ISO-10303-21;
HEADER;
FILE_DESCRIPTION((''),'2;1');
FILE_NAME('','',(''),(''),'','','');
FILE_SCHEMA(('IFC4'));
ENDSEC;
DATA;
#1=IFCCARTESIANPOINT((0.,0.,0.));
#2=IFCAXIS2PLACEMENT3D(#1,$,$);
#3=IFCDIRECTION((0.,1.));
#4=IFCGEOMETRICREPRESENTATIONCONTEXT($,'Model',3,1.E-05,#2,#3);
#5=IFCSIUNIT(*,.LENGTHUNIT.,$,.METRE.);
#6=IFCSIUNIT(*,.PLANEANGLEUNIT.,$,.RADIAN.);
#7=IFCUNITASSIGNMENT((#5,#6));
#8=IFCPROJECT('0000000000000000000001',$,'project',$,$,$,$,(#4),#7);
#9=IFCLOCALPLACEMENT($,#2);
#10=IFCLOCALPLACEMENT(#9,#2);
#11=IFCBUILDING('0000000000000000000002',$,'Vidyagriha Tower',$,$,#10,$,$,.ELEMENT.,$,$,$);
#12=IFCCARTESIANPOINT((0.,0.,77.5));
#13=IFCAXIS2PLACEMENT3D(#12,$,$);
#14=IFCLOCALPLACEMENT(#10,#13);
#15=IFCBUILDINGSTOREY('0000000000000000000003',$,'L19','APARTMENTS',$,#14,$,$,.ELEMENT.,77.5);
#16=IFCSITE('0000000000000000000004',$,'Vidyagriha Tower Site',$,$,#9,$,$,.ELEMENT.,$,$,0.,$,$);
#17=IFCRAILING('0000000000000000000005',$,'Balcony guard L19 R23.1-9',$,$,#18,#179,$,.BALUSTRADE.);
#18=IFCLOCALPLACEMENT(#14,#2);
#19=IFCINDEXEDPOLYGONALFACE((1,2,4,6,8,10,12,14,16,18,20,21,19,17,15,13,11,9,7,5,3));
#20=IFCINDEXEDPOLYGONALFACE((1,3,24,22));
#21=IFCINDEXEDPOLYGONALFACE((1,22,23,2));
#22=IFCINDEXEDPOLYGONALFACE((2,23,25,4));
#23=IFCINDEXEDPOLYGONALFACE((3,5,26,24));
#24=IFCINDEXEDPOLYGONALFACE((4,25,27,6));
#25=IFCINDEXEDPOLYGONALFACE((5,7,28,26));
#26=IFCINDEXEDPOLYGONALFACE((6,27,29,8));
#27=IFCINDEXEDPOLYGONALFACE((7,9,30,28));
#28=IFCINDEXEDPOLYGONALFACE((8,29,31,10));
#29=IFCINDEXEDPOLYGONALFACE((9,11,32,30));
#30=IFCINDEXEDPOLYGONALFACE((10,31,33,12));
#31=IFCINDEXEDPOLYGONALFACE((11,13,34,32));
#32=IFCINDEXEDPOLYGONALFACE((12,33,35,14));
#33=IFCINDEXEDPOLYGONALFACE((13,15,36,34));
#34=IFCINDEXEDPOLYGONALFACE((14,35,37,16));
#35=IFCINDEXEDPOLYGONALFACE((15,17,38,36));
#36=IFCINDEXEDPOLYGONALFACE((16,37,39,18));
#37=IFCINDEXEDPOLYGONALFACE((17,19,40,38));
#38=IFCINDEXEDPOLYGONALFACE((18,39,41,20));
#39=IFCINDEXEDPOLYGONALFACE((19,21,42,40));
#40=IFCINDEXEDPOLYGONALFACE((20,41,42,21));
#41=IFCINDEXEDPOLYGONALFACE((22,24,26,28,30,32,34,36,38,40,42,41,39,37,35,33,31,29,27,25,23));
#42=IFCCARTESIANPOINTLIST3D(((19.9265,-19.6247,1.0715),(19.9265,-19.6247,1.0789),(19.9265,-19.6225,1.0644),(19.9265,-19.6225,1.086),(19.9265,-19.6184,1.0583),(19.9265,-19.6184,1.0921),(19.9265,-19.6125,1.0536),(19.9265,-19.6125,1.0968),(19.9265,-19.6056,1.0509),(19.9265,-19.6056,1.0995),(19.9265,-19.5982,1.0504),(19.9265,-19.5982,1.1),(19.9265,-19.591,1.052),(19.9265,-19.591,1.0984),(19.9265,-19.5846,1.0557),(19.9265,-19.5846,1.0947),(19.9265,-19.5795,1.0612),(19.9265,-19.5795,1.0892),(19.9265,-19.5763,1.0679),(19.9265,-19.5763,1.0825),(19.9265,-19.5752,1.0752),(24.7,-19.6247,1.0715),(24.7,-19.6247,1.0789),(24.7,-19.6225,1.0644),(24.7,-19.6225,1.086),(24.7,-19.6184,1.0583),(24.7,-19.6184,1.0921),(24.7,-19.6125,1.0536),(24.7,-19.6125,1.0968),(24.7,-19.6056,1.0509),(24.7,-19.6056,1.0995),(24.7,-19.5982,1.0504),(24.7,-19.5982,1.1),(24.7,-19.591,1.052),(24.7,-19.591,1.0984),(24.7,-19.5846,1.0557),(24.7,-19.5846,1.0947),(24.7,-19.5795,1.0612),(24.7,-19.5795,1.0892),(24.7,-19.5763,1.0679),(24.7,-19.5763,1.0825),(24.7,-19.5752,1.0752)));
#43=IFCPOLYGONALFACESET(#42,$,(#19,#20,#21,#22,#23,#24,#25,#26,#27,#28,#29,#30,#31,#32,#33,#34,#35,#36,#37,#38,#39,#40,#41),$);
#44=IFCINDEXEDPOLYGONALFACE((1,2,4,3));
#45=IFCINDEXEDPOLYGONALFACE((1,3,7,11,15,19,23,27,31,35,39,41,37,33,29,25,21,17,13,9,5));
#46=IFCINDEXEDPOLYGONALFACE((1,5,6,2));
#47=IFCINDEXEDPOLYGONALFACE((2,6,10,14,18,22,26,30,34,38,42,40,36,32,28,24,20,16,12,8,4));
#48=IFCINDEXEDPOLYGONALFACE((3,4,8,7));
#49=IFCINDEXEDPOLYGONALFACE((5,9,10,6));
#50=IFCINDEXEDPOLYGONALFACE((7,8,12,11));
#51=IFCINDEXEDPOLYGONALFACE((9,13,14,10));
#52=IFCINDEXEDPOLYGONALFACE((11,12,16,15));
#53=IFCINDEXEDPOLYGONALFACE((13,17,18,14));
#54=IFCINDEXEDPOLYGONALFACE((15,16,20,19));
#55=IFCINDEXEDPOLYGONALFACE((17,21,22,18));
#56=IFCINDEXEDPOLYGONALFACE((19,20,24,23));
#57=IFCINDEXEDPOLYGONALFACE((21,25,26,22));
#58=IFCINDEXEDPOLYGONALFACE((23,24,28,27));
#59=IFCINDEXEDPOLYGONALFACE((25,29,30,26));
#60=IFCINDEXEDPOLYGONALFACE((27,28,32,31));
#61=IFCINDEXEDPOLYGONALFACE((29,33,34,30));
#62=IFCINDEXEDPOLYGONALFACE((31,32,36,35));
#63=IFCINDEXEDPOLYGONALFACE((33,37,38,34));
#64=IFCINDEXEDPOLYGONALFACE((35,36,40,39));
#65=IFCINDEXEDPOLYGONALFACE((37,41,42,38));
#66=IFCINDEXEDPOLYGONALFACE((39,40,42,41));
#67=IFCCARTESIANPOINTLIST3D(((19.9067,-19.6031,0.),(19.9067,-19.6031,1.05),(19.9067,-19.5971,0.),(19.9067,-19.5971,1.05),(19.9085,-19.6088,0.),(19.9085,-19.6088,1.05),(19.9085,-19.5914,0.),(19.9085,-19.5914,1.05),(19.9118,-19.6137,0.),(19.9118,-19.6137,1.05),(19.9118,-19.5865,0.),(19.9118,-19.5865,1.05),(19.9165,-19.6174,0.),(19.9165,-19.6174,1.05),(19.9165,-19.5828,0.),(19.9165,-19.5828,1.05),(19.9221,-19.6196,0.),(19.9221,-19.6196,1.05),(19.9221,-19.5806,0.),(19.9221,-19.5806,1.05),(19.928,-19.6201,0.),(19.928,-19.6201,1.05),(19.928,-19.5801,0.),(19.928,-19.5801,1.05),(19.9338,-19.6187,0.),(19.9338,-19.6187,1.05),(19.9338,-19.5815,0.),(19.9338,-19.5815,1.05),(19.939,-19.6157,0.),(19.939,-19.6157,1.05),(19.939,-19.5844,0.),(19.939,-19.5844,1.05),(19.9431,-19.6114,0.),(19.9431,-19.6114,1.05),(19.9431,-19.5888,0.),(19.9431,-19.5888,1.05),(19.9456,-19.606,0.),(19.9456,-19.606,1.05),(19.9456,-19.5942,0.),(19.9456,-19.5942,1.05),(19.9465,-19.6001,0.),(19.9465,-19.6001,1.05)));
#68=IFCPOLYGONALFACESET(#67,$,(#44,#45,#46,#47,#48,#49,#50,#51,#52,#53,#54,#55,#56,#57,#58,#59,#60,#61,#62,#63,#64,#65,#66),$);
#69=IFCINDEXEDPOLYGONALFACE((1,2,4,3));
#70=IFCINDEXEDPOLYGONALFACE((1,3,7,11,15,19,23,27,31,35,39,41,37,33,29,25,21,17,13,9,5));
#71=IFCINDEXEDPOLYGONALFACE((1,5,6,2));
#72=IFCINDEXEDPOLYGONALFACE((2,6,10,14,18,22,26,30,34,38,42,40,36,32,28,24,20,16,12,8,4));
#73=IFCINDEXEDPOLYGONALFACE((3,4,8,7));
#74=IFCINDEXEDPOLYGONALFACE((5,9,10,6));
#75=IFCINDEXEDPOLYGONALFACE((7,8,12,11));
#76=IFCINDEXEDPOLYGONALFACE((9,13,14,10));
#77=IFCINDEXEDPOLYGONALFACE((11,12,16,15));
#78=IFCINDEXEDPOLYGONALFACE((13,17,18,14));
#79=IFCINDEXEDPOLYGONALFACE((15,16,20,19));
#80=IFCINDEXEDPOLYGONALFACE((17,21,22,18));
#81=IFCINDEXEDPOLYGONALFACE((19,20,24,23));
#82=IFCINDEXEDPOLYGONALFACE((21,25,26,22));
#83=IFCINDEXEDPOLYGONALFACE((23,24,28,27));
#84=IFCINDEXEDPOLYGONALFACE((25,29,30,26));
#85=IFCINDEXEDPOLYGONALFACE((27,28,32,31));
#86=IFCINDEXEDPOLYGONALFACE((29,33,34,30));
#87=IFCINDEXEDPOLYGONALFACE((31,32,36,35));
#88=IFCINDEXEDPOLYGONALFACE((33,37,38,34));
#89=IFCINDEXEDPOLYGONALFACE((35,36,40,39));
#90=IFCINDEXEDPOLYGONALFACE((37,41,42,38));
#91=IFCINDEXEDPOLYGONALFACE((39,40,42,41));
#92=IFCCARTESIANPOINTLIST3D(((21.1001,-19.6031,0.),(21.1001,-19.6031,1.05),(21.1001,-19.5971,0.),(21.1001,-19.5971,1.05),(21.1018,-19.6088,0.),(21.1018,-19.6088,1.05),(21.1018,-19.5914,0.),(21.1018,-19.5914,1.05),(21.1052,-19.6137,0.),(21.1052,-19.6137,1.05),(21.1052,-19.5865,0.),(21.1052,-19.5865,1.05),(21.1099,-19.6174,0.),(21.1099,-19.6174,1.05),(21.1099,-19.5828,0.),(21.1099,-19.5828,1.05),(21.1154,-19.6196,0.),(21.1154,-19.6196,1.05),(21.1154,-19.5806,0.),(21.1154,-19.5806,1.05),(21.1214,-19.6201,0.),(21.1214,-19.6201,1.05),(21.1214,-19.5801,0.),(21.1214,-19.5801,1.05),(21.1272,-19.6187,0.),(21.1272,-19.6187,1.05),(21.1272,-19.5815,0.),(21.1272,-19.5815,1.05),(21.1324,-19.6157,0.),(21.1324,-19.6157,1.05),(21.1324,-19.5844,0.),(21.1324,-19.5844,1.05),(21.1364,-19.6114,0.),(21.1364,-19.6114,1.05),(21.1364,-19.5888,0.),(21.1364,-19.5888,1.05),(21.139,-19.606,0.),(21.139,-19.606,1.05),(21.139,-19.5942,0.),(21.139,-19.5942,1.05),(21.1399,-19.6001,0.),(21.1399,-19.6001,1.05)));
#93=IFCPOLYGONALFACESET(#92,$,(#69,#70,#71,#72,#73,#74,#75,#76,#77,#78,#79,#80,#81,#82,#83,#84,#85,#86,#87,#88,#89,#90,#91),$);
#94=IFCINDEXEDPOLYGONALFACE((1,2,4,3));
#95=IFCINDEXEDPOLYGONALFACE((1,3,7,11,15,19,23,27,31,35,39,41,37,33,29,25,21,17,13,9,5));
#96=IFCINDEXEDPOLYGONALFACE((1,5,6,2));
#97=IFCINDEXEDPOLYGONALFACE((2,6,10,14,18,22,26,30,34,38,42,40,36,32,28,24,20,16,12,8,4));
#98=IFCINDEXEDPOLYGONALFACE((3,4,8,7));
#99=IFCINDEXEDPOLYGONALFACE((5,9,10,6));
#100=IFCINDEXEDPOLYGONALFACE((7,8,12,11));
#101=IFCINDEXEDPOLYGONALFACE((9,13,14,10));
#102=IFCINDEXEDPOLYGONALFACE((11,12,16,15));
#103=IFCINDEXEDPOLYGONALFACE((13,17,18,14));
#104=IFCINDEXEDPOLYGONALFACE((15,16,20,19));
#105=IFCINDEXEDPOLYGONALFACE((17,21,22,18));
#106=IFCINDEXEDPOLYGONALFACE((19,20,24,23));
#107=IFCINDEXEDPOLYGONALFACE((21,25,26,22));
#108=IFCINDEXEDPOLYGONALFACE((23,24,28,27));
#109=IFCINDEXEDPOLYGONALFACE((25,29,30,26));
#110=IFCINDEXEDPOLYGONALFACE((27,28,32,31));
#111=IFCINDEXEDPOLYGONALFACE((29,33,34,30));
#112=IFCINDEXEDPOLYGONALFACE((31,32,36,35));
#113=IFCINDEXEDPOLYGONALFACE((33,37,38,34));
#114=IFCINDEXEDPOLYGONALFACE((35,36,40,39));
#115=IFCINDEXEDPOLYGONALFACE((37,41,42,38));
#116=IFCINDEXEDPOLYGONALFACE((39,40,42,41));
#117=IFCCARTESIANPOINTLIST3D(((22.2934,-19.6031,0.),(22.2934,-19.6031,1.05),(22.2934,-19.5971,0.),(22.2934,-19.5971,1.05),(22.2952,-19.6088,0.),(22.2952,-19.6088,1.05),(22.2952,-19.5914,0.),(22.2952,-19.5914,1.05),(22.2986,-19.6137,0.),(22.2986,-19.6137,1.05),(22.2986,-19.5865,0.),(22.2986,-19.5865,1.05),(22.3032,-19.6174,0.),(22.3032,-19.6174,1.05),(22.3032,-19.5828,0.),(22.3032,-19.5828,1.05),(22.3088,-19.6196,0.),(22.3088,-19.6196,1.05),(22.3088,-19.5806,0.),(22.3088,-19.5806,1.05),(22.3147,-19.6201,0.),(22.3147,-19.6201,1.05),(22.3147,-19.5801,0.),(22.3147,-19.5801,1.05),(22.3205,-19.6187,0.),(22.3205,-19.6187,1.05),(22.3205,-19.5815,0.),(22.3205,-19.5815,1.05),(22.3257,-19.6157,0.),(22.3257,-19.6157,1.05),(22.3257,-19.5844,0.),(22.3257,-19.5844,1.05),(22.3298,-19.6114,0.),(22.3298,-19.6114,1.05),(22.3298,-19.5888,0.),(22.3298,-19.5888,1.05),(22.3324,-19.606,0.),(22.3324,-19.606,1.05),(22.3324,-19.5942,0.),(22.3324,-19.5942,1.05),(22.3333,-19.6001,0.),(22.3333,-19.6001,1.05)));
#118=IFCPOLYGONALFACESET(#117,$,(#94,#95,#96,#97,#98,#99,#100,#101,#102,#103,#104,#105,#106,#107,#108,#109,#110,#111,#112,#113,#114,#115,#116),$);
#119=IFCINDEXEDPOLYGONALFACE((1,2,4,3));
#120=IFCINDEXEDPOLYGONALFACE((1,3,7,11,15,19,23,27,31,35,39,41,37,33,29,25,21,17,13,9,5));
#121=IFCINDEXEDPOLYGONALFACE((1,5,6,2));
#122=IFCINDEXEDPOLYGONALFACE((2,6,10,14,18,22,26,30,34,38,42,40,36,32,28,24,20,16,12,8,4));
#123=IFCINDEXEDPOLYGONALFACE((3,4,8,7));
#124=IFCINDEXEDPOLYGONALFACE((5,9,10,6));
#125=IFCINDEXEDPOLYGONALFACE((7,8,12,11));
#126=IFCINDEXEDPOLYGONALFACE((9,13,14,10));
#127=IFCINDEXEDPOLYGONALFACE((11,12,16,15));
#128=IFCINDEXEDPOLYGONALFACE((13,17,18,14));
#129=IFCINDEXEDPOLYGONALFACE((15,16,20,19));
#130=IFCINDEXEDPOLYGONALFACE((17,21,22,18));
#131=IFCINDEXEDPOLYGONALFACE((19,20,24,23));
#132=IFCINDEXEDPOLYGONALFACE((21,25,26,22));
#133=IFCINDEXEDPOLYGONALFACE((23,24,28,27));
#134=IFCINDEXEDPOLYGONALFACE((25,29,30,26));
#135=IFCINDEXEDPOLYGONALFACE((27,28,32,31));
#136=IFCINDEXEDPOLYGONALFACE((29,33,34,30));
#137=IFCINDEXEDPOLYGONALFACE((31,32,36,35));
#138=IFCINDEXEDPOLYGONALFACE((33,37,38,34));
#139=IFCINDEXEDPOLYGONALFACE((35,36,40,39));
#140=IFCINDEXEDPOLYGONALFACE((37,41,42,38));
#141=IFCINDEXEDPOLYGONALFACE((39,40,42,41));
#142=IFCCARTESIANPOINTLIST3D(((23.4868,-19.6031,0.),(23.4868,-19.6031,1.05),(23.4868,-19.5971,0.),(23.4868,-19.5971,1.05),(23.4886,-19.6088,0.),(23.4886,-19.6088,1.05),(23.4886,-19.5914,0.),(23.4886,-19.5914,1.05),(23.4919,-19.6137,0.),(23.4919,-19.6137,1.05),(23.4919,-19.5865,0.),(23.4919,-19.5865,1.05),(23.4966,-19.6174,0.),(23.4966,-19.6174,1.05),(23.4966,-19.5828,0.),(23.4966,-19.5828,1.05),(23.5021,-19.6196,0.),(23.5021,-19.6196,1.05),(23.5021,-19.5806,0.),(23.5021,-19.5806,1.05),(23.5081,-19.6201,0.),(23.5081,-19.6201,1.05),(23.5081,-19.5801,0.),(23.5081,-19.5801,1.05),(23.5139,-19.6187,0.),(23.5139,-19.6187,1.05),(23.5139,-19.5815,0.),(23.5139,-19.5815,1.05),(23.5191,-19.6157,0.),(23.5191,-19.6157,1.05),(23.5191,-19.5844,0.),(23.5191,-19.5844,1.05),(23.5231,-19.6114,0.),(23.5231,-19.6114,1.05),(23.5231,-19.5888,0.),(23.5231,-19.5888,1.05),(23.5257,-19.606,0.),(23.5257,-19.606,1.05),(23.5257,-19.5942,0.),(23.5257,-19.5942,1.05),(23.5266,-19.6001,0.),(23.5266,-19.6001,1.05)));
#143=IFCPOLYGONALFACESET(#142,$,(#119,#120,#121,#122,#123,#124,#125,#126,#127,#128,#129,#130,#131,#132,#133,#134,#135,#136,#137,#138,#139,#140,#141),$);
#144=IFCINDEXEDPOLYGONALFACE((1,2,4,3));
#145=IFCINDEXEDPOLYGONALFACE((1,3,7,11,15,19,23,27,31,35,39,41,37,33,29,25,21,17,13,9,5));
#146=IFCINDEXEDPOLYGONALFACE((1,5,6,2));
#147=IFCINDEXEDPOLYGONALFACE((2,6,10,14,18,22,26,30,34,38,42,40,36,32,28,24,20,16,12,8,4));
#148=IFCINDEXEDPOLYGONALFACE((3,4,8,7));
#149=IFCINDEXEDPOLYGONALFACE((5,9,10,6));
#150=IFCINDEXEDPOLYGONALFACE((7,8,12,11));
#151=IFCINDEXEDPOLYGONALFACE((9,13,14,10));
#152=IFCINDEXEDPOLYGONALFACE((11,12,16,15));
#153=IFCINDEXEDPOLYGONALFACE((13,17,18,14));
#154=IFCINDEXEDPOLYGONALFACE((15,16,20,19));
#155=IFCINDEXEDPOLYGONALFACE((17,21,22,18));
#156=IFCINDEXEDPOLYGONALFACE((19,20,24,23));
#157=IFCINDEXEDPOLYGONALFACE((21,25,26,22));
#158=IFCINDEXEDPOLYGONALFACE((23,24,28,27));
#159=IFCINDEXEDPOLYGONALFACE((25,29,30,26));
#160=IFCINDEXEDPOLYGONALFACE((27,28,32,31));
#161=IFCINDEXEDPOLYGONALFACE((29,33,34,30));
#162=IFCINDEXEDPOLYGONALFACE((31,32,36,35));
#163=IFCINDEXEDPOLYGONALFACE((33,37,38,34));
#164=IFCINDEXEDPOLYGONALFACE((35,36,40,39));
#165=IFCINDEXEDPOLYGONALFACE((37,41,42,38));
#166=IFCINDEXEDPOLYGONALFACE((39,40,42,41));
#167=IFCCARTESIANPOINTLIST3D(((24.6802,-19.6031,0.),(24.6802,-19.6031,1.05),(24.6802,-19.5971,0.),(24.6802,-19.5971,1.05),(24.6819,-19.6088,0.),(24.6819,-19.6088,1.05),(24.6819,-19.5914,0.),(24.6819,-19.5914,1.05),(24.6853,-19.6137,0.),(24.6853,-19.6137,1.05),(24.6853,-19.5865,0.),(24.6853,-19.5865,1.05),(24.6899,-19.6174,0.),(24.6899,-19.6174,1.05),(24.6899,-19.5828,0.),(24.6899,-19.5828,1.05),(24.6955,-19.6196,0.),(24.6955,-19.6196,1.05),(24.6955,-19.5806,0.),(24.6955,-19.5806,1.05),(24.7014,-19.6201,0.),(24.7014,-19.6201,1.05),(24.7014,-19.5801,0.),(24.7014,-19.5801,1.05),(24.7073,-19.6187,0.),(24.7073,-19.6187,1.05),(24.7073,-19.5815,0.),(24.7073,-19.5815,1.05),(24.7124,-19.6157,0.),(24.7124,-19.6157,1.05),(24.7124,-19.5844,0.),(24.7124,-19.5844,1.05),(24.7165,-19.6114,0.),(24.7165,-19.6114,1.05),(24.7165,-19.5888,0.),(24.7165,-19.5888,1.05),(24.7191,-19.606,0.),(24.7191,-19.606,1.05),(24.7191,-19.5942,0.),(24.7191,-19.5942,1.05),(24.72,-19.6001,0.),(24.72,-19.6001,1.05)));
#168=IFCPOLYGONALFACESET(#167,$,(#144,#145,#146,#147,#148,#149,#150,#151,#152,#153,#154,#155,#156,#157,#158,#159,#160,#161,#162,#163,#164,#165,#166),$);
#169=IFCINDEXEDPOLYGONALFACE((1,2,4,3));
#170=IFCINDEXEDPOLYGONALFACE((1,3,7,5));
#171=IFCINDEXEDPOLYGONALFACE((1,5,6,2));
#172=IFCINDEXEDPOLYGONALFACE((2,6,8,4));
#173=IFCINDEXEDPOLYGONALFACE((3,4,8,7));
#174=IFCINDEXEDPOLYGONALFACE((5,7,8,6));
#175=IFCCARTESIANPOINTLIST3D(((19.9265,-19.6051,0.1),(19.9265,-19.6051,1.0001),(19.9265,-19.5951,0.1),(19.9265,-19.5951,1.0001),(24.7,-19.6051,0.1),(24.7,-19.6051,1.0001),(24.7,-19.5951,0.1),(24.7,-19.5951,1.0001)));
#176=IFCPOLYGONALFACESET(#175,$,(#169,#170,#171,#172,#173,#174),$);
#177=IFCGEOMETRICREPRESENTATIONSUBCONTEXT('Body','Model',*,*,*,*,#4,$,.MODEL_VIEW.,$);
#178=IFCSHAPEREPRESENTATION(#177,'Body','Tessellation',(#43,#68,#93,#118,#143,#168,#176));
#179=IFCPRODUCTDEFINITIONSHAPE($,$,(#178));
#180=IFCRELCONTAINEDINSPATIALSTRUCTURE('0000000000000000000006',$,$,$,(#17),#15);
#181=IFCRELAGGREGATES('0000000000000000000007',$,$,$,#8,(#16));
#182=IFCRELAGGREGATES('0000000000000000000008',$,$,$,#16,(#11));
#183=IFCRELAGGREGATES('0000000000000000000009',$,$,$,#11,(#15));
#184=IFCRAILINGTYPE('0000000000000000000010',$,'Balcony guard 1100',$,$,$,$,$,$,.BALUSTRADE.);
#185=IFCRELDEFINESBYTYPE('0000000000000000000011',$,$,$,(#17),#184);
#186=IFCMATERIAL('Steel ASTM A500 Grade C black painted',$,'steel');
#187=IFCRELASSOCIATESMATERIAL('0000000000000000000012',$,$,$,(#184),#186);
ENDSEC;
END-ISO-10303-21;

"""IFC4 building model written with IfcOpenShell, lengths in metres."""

from ifc_helpers import new_model, si_unit, direction, frame, origin, origin_2d, place, context, subcontext, project, spatial, rectangle, circle, extrude, material, type_object, element, save


model = new_model("IFC4")

# Units and contexts
model_context = context("Model", 3, precision=1e-05, world=origin(), true_north=direction((0.0, 1.0)))
body_context = subcontext(model_context, "Body", "Model", "MODEL_VIEW")
ifc_project = project(units=[si_unit("LENGTHUNIT", "METRE"), si_unit("PLANEANGLEUNIT", "RADIAN")], contexts=[model_context])

# Site, building, storey
site_placement = place(None, origin())
site = spatial("IfcSite", under=ifc_project, at=site_placement, Name="Vidyagriha Tower Site", CompositionType="ELEMENT", RefElevation=0.0)
building_placement = place(site_placement, origin())
building = spatial("IfcBuilding", under=site, at=building_placement, Name="Vidyagriha Tower", CompositionType="ELEMENT")
storey_placement = place(building_placement, frame((0.0, 0.0, 77.5)))
storey = spatial("IfcBuildingStorey", under=building, at=storey_placement, Name="L19", Description="APARTMENTS", CompositionType="ELEMENT", Elevation=77.5)

# Railing
ifc_material_1 = material(Name="Steel ASTM A500 Grade C black painted", Category="steel")
railing_type = type_object("IfcRailingType", Name="Balcony guard 1100", PredefinedType="BALUSTRADE", material=ifc_material_1)
railing_1_placement = place(storey_placement, frame((19.9265, -19.6001, 0.0)))
element("IfcRailing", 1, at=railing_1_placement, inside=storey, type_object=railing_type, Name="Balcony guard L19 R23.1-9", PredefinedType="BALUSTRADE", context=body_context, shape_type="SweptSolid", body=[
    extrude(circle(Radius=0.0249, at=origin_2d()), frame((0.0, 0.0, 1.0752), z_axis=(1.0, 0.0, 0.0), x_axis=(0.0, 1.0, 0.0)), (0.0, 0.0, 1.0), 4.7734),
    extrude(circle(Radius=0.02, at=origin_2d()), origin(), (0.0, 0.0, 1.0), 1.05),
    extrude(circle(Radius=0.02, at=origin_2d()), frame((1.1934, 0.0, 0.0)), (0.0, 0.0, 1.0), 1.05),
    extrude(circle(Radius=0.02, at=origin_2d()), frame((2.3867, 0.0, 0.0)), (0.0, 0.0, 1.0), 1.05),
    extrude(circle(Radius=0.02, at=origin_2d()), frame((3.5801, 0.0, 0.0)), (0.0, 0.0, 1.0), 1.05),
    extrude(circle(Radius=0.02, at=origin_2d()), frame((4.7734, 0.0, 0.0)), (0.0, 0.0, 1.0), 1.05),
    extrude(rectangle(XDim=0.01, YDim=0.9001, at=origin_2d()), frame((0.0, 0.0, 0.55), z_axis=(1.0, 0.0, 0.0), x_axis=(0.0, 1.0, 0.0)), (0.0, 0.0, 1.0), 4.7734),
])

save(model, "model.ifc")
